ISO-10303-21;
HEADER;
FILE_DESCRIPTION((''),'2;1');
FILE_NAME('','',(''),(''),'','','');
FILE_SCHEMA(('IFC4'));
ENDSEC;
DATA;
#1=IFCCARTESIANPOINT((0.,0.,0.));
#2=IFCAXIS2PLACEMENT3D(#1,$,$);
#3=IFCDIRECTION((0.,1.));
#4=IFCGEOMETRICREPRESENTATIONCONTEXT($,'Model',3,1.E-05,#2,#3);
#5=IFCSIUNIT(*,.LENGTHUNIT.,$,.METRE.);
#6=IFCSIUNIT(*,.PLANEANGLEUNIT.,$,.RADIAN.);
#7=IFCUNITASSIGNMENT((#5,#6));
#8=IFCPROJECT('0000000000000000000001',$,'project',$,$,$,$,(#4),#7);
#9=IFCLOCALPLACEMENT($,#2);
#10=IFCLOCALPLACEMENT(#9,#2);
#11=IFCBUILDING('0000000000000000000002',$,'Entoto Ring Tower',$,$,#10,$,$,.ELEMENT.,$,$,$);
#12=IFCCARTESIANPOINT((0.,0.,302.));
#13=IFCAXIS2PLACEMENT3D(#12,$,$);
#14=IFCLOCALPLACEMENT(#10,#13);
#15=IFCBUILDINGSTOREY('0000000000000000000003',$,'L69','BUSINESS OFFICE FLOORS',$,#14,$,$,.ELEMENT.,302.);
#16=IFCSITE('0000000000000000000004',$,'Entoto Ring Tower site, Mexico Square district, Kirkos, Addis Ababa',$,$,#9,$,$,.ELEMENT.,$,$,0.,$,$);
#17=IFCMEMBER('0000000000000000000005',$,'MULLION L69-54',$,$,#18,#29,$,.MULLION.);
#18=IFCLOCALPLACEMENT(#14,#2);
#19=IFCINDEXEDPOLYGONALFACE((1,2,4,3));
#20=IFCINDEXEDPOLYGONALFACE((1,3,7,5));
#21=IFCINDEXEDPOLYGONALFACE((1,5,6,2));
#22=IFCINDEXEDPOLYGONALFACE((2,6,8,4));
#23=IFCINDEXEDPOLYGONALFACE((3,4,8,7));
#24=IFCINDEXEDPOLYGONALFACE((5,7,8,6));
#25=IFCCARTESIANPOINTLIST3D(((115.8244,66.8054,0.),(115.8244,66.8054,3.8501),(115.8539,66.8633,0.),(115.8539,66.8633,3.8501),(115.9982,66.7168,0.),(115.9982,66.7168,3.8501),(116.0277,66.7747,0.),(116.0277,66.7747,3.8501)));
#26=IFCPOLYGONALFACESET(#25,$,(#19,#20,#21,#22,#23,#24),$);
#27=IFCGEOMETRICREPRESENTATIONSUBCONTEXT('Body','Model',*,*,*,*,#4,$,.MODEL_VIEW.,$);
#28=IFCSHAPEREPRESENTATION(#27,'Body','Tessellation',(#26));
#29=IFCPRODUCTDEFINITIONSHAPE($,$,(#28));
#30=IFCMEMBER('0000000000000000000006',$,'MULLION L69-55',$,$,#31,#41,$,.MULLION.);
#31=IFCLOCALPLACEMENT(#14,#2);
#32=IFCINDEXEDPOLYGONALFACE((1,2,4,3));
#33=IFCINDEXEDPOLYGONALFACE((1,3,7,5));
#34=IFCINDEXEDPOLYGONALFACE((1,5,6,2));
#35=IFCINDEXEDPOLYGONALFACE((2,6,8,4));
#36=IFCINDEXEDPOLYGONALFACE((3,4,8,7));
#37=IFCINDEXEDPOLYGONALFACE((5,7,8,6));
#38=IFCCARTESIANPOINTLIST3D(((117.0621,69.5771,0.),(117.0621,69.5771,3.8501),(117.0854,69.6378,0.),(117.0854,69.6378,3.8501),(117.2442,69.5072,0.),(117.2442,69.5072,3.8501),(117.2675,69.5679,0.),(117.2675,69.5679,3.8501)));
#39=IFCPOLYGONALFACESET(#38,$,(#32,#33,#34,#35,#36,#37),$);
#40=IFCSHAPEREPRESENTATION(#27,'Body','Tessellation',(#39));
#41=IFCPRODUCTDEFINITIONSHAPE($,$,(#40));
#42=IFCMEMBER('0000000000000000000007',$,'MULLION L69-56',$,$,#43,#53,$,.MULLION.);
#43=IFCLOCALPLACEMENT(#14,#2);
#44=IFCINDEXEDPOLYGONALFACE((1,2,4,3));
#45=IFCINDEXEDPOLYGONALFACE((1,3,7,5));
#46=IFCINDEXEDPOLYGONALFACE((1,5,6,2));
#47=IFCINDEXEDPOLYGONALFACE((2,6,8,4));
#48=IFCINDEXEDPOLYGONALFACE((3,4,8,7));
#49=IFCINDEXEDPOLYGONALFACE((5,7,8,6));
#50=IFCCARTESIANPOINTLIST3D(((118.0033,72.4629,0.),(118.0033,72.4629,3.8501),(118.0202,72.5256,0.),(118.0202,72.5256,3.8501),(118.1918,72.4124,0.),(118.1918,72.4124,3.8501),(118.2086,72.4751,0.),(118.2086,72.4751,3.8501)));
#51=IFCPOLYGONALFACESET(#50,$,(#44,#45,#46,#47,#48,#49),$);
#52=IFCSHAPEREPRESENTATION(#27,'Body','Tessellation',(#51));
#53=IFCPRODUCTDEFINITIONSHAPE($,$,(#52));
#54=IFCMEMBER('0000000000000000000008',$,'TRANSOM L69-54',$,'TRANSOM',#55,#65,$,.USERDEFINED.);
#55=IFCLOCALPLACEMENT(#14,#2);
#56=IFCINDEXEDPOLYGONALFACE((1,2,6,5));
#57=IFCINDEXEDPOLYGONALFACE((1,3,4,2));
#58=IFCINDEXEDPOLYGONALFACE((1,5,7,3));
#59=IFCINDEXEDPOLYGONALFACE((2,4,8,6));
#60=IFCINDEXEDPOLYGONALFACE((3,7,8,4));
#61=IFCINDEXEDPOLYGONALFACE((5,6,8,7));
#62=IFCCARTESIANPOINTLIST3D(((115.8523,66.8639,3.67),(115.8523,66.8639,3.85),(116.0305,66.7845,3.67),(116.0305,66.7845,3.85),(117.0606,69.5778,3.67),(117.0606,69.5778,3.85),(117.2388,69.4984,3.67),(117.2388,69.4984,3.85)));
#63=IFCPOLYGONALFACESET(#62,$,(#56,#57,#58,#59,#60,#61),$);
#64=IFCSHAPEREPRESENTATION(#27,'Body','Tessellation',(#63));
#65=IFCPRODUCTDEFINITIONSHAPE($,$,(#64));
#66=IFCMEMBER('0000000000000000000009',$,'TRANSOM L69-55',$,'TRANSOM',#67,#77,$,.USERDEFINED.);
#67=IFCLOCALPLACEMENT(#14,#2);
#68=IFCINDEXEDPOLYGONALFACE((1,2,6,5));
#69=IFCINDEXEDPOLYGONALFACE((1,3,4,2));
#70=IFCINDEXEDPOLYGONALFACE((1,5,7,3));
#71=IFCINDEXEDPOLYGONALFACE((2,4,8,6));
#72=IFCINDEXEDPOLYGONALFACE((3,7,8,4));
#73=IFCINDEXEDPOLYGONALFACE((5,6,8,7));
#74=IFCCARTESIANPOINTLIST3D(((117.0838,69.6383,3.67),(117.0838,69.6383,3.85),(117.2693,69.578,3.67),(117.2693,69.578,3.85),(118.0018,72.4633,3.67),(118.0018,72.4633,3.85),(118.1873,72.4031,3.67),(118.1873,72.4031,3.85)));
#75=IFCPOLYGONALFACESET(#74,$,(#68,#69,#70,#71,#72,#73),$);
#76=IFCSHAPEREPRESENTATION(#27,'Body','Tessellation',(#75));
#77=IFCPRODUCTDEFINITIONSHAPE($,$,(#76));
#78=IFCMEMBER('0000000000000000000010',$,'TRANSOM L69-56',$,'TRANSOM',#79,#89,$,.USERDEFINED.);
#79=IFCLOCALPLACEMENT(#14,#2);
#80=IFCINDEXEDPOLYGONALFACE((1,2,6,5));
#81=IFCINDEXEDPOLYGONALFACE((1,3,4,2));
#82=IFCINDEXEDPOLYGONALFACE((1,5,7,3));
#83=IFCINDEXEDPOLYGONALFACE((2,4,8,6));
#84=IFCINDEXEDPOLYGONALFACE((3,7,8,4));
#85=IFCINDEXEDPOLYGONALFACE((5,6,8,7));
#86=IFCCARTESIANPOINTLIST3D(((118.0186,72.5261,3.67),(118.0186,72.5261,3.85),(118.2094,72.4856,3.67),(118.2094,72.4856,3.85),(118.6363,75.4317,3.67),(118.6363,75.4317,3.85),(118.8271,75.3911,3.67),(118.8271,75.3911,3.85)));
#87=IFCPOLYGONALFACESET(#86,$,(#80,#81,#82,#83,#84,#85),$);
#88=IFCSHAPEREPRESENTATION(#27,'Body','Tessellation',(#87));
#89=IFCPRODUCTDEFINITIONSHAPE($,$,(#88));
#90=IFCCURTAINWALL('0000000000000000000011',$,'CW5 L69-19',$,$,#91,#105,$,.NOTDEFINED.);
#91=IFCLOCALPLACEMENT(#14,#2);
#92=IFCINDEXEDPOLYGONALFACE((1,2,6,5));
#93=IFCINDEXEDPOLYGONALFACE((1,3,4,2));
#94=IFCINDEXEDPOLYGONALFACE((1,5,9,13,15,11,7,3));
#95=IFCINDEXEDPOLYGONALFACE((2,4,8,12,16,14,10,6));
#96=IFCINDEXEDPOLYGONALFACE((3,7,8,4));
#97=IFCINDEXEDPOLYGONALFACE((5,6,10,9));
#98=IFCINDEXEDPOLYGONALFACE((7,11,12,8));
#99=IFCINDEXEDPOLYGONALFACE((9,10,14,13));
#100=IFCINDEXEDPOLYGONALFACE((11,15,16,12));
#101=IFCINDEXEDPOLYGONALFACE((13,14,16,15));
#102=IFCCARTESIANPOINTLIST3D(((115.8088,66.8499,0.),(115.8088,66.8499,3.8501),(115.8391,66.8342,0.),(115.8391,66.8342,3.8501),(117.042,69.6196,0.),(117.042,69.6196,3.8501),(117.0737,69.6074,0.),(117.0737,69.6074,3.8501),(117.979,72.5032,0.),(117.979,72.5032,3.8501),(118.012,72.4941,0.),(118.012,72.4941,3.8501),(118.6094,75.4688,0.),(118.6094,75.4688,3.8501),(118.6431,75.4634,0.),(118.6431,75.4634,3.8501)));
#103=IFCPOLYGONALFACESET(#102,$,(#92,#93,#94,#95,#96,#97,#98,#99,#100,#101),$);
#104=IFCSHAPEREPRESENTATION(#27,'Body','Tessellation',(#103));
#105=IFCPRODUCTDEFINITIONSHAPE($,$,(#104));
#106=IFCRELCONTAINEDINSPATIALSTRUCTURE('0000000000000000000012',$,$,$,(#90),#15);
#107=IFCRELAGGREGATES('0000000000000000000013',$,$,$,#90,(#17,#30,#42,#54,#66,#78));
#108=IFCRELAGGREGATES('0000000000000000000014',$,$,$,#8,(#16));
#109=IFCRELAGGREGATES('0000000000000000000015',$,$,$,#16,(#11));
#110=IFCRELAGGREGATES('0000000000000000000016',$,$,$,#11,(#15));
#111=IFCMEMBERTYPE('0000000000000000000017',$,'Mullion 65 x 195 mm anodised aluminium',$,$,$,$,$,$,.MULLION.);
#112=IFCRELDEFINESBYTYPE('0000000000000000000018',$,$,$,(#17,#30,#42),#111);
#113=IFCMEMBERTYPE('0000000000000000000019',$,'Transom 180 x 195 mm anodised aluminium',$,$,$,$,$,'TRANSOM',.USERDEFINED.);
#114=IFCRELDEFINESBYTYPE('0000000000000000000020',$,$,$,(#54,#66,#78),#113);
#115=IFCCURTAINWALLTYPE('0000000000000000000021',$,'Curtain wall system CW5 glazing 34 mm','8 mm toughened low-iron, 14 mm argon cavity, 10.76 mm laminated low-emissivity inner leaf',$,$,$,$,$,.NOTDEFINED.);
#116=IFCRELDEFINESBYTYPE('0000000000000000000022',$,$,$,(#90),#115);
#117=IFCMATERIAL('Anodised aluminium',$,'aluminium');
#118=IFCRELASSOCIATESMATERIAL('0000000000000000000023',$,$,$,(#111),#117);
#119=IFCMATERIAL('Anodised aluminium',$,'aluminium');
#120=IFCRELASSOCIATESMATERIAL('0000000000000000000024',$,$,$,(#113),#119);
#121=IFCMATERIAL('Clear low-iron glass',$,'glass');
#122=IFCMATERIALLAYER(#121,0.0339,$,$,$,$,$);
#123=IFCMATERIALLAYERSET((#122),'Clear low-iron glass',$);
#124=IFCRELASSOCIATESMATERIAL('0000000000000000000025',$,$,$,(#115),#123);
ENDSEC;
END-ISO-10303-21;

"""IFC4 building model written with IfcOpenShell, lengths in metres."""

from ifc_helpers import new_model, si_unit, direction, frame, origin, origin_2d, place, context, subcontext, project, spatial, polyline, rectangle, outline, extrude, material, layer, layer_set, material_profile, profile_set, type_object, element, aggregate, save


model = new_model("IFC4")

# Units and contexts
model_context = context("Model", 3, precision=1e-05, world=origin(), true_north=direction((0.0, 1.0)))
body_context = subcontext(model_context, "Body", "Model", "MODEL_VIEW")
ifc_project = project(units=[si_unit("LENGTHUNIT", "METRE"), si_unit("PLANEANGLEUNIT", "RADIAN")], contexts=[model_context])

# Members
ifc_material_1 = material(Name="Anodised aluminium", Category="aluminium")
ifc_material_profile_1 = material_profile(ifc_material_1, rectangle(XDim=0.0649, YDim=0.1951, at=origin_2d()), Name="Mullion 65 x 195 mm anodised aluminium")
ifc_profile_set_1 = profile_set([ifc_material_profile_1], Name="Anodised aluminium")
member_type_1 = type_object("IfcMemberType", Name="Mullion 65 x 195 mm anodised aluminium", PredefinedType="MULLION", material=ifc_profile_set_1)
site_placement = place(None, origin())
building_placement = place(site_placement, origin())
storey_placement = place(building_placement, frame((0.0, 0.0, 302.0)))
member_1_placement = place(storey_placement, frame((115.926, 66.79, 0.0), z_axis=(0.0, 0.0, 1.0), x_axis=(0.45399, 0.891007, 0.0)))
member_1 = element("IfcMember", 1, at=member_1_placement, type_object=member_type_1, Name="MULLION L69-54", PredefinedType="MULLION", context=body_context, shape_type="SweptSolid", body=[
    extrude(rectangle(XDim=0.0649, YDim=0.1951, at=origin_2d()), origin(), (0.0, 0.0, 1.0), 3.8501),
])
member_2_placement = place(storey_placement, frame((117.1648, 69.5725, 0.0), z_axis=(0.0, 0.0, 1.0), x_axis=(0.358368, 0.93358, 0.0)))
member_2 = element("IfcMember", 2, at=member_2_placement, type_object=member_type_1, Name="MULLION L69-55", PredefinedType="MULLION", context=body_context, shape_type="SweptSolid", body=[
    extrude(rectangle(XDim=0.0649, YDim=0.1951, at=origin_2d()), origin(), (0.0, 0.0, 1.0), 3.8501),
])
member_3_placement = place(storey_placement, frame((118.106, 72.469, 0.0), z_axis=(0.0, 0.0, 1.0), x_axis=(0.258819, 0.965926, 0.0)))
member_3 = element("IfcMember", 3, at=member_3_placement, type_object=member_type_1, Name="MULLION L69-56", PredefinedType="MULLION", context=body_context, shape_type="SweptSolid", body=[
    extrude(rectangle(XDim=0.0649, YDim=0.1951, at=origin_2d()), origin(), (0.0, 0.0, 1.0), 3.8501),
])
ifc_material_2 = material(Name="Anodised aluminium", Category="aluminium")
ifc_material_profile_2 = material_profile(ifc_material_2, rectangle(XDim=0.1951, YDim=0.1799, at=origin_2d()), Name="Transom 180 x 195 mm anodised aluminium")
ifc_profile_set_2 = profile_set([ifc_material_profile_2], Name="Anodised aluminium")
member_type_2 = type_object("IfcMemberType", Name="Transom 180 x 195 mm anodised aluminium", ElementType="TRANSOM", PredefinedType="USERDEFINED", material=ifc_profile_set_2)
member_4_placement = place(storey_placement, frame((115.9414, 66.8242, 3.76), z_axis=(0.406726, 0.91355, 0.0), x_axis=(-0.91355, 0.406726, 0.0)))
member_4 = element("IfcMember", 4, at=member_4_placement, type_object=member_type_2, Name="TRANSOM L69-54", ObjectType="TRANSOM", PredefinedType="USERDEFINED", context=body_context, shape_type="SweptSolid", body=[
    extrude(rectangle(XDim=0.1951, YDim=0.1799, at=origin_2d()), origin(), (0.0, 0.0, 1.0), 2.9707),
])
member_5_placement = place(storey_placement, frame((117.1765, 69.6082, 3.76), z_axis=(0.309043, 0.951048, 0.0), x_axis=(-0.951048, 0.309043, 0.0)))
member_5 = element("IfcMember", 5, at=member_5_placement, type_object=member_type_2, Name="TRANSOM L69-55", ObjectType="TRANSOM", PredefinedType="USERDEFINED", context=body_context, shape_type="SweptSolid", body=[
    extrude(rectangle(XDim=0.1951, YDim=0.1799, at=origin_2d()), origin(), (0.0, 0.0, 1.0), 2.9705),
])
member_6_placement = place(storey_placement, frame((118.114, 72.5059, 3.76), z_axis=(0.20794, 0.978142, 0.0), x_axis=(-0.978142, 0.20794, 0.0)))
member_6 = element("IfcMember", 6, at=member_6_placement, type_object=member_type_2, Name="TRANSOM L69-56", ObjectType="TRANSOM", PredefinedType="USERDEFINED", context=body_context, shape_type="SweptSolid", body=[
    extrude(rectangle(XDim=0.1951, YDim=0.1799, at=origin_2d()), origin(), (0.0, 0.0, 1.0), 2.9705),
])

# Site, building, storey
site = spatial("IfcSite", under=ifc_project, at=site_placement, Name="Entoto Ring Tower site, Mexico Square district, Kirkos, Addis Ababa", CompositionType="ELEMENT", RefElevation=0.0)
building = spatial("IfcBuilding", under=site, at=building_placement, Name="Entoto Ring Tower", CompositionType="ELEMENT")
storey = spatial("IfcBuildingStorey", under=building, at=storey_placement, Name="L69", Description="BUSINESS OFFICE FLOORS", CompositionType="ELEMENT", Elevation=302.0)

# Curtain wall
ifc_material_3 = material(Name="Clear low-iron glass", Category="glass")
ifc_layer_1 = layer(ifc_material_3, 0.0339)
ifc_layer_set_1 = layer_set([ifc_layer_1], Name="Clear low-iron glass")
curtain_wall_type = type_object("IfcCurtainWallType", Name="Curtain wall system CW5 glazing 34 mm", Description="8 mm toughened low-iron, 14 mm argon cavity, 10.76 mm laminated low-emissivity inner leaf", PredefinedType="NOTDEFINED", material=ifc_layer_set_1)
curtain_wall_1_placement = place(storey_placement, origin())
curtain_wall_1 = element("IfcCurtainWall", 7, at=curtain_wall_1_placement, inside=storey, type_object=curtain_wall_type, Name="CW5 L69-19", PredefinedType="NOTDEFINED", context=body_context, shape_type="SweptSolid", body=[
    extrude(outline(polyline([(115.8391, 66.8342), (117.0737, 69.6074), (118.012, 72.4941), (118.6431, 75.4634), (118.6094, 75.4688), (117.979, 72.5032), (117.042, 69.6196), (115.8088, 66.8499), (115.8391, 66.8342)])), origin(), (0.0, 0.0, 1.0), 3.8501),
])
aggregate(curtain_wall_1, [member_1, member_2, member_3, member_4, member_5, member_6])

save(model, "model.ifc")
